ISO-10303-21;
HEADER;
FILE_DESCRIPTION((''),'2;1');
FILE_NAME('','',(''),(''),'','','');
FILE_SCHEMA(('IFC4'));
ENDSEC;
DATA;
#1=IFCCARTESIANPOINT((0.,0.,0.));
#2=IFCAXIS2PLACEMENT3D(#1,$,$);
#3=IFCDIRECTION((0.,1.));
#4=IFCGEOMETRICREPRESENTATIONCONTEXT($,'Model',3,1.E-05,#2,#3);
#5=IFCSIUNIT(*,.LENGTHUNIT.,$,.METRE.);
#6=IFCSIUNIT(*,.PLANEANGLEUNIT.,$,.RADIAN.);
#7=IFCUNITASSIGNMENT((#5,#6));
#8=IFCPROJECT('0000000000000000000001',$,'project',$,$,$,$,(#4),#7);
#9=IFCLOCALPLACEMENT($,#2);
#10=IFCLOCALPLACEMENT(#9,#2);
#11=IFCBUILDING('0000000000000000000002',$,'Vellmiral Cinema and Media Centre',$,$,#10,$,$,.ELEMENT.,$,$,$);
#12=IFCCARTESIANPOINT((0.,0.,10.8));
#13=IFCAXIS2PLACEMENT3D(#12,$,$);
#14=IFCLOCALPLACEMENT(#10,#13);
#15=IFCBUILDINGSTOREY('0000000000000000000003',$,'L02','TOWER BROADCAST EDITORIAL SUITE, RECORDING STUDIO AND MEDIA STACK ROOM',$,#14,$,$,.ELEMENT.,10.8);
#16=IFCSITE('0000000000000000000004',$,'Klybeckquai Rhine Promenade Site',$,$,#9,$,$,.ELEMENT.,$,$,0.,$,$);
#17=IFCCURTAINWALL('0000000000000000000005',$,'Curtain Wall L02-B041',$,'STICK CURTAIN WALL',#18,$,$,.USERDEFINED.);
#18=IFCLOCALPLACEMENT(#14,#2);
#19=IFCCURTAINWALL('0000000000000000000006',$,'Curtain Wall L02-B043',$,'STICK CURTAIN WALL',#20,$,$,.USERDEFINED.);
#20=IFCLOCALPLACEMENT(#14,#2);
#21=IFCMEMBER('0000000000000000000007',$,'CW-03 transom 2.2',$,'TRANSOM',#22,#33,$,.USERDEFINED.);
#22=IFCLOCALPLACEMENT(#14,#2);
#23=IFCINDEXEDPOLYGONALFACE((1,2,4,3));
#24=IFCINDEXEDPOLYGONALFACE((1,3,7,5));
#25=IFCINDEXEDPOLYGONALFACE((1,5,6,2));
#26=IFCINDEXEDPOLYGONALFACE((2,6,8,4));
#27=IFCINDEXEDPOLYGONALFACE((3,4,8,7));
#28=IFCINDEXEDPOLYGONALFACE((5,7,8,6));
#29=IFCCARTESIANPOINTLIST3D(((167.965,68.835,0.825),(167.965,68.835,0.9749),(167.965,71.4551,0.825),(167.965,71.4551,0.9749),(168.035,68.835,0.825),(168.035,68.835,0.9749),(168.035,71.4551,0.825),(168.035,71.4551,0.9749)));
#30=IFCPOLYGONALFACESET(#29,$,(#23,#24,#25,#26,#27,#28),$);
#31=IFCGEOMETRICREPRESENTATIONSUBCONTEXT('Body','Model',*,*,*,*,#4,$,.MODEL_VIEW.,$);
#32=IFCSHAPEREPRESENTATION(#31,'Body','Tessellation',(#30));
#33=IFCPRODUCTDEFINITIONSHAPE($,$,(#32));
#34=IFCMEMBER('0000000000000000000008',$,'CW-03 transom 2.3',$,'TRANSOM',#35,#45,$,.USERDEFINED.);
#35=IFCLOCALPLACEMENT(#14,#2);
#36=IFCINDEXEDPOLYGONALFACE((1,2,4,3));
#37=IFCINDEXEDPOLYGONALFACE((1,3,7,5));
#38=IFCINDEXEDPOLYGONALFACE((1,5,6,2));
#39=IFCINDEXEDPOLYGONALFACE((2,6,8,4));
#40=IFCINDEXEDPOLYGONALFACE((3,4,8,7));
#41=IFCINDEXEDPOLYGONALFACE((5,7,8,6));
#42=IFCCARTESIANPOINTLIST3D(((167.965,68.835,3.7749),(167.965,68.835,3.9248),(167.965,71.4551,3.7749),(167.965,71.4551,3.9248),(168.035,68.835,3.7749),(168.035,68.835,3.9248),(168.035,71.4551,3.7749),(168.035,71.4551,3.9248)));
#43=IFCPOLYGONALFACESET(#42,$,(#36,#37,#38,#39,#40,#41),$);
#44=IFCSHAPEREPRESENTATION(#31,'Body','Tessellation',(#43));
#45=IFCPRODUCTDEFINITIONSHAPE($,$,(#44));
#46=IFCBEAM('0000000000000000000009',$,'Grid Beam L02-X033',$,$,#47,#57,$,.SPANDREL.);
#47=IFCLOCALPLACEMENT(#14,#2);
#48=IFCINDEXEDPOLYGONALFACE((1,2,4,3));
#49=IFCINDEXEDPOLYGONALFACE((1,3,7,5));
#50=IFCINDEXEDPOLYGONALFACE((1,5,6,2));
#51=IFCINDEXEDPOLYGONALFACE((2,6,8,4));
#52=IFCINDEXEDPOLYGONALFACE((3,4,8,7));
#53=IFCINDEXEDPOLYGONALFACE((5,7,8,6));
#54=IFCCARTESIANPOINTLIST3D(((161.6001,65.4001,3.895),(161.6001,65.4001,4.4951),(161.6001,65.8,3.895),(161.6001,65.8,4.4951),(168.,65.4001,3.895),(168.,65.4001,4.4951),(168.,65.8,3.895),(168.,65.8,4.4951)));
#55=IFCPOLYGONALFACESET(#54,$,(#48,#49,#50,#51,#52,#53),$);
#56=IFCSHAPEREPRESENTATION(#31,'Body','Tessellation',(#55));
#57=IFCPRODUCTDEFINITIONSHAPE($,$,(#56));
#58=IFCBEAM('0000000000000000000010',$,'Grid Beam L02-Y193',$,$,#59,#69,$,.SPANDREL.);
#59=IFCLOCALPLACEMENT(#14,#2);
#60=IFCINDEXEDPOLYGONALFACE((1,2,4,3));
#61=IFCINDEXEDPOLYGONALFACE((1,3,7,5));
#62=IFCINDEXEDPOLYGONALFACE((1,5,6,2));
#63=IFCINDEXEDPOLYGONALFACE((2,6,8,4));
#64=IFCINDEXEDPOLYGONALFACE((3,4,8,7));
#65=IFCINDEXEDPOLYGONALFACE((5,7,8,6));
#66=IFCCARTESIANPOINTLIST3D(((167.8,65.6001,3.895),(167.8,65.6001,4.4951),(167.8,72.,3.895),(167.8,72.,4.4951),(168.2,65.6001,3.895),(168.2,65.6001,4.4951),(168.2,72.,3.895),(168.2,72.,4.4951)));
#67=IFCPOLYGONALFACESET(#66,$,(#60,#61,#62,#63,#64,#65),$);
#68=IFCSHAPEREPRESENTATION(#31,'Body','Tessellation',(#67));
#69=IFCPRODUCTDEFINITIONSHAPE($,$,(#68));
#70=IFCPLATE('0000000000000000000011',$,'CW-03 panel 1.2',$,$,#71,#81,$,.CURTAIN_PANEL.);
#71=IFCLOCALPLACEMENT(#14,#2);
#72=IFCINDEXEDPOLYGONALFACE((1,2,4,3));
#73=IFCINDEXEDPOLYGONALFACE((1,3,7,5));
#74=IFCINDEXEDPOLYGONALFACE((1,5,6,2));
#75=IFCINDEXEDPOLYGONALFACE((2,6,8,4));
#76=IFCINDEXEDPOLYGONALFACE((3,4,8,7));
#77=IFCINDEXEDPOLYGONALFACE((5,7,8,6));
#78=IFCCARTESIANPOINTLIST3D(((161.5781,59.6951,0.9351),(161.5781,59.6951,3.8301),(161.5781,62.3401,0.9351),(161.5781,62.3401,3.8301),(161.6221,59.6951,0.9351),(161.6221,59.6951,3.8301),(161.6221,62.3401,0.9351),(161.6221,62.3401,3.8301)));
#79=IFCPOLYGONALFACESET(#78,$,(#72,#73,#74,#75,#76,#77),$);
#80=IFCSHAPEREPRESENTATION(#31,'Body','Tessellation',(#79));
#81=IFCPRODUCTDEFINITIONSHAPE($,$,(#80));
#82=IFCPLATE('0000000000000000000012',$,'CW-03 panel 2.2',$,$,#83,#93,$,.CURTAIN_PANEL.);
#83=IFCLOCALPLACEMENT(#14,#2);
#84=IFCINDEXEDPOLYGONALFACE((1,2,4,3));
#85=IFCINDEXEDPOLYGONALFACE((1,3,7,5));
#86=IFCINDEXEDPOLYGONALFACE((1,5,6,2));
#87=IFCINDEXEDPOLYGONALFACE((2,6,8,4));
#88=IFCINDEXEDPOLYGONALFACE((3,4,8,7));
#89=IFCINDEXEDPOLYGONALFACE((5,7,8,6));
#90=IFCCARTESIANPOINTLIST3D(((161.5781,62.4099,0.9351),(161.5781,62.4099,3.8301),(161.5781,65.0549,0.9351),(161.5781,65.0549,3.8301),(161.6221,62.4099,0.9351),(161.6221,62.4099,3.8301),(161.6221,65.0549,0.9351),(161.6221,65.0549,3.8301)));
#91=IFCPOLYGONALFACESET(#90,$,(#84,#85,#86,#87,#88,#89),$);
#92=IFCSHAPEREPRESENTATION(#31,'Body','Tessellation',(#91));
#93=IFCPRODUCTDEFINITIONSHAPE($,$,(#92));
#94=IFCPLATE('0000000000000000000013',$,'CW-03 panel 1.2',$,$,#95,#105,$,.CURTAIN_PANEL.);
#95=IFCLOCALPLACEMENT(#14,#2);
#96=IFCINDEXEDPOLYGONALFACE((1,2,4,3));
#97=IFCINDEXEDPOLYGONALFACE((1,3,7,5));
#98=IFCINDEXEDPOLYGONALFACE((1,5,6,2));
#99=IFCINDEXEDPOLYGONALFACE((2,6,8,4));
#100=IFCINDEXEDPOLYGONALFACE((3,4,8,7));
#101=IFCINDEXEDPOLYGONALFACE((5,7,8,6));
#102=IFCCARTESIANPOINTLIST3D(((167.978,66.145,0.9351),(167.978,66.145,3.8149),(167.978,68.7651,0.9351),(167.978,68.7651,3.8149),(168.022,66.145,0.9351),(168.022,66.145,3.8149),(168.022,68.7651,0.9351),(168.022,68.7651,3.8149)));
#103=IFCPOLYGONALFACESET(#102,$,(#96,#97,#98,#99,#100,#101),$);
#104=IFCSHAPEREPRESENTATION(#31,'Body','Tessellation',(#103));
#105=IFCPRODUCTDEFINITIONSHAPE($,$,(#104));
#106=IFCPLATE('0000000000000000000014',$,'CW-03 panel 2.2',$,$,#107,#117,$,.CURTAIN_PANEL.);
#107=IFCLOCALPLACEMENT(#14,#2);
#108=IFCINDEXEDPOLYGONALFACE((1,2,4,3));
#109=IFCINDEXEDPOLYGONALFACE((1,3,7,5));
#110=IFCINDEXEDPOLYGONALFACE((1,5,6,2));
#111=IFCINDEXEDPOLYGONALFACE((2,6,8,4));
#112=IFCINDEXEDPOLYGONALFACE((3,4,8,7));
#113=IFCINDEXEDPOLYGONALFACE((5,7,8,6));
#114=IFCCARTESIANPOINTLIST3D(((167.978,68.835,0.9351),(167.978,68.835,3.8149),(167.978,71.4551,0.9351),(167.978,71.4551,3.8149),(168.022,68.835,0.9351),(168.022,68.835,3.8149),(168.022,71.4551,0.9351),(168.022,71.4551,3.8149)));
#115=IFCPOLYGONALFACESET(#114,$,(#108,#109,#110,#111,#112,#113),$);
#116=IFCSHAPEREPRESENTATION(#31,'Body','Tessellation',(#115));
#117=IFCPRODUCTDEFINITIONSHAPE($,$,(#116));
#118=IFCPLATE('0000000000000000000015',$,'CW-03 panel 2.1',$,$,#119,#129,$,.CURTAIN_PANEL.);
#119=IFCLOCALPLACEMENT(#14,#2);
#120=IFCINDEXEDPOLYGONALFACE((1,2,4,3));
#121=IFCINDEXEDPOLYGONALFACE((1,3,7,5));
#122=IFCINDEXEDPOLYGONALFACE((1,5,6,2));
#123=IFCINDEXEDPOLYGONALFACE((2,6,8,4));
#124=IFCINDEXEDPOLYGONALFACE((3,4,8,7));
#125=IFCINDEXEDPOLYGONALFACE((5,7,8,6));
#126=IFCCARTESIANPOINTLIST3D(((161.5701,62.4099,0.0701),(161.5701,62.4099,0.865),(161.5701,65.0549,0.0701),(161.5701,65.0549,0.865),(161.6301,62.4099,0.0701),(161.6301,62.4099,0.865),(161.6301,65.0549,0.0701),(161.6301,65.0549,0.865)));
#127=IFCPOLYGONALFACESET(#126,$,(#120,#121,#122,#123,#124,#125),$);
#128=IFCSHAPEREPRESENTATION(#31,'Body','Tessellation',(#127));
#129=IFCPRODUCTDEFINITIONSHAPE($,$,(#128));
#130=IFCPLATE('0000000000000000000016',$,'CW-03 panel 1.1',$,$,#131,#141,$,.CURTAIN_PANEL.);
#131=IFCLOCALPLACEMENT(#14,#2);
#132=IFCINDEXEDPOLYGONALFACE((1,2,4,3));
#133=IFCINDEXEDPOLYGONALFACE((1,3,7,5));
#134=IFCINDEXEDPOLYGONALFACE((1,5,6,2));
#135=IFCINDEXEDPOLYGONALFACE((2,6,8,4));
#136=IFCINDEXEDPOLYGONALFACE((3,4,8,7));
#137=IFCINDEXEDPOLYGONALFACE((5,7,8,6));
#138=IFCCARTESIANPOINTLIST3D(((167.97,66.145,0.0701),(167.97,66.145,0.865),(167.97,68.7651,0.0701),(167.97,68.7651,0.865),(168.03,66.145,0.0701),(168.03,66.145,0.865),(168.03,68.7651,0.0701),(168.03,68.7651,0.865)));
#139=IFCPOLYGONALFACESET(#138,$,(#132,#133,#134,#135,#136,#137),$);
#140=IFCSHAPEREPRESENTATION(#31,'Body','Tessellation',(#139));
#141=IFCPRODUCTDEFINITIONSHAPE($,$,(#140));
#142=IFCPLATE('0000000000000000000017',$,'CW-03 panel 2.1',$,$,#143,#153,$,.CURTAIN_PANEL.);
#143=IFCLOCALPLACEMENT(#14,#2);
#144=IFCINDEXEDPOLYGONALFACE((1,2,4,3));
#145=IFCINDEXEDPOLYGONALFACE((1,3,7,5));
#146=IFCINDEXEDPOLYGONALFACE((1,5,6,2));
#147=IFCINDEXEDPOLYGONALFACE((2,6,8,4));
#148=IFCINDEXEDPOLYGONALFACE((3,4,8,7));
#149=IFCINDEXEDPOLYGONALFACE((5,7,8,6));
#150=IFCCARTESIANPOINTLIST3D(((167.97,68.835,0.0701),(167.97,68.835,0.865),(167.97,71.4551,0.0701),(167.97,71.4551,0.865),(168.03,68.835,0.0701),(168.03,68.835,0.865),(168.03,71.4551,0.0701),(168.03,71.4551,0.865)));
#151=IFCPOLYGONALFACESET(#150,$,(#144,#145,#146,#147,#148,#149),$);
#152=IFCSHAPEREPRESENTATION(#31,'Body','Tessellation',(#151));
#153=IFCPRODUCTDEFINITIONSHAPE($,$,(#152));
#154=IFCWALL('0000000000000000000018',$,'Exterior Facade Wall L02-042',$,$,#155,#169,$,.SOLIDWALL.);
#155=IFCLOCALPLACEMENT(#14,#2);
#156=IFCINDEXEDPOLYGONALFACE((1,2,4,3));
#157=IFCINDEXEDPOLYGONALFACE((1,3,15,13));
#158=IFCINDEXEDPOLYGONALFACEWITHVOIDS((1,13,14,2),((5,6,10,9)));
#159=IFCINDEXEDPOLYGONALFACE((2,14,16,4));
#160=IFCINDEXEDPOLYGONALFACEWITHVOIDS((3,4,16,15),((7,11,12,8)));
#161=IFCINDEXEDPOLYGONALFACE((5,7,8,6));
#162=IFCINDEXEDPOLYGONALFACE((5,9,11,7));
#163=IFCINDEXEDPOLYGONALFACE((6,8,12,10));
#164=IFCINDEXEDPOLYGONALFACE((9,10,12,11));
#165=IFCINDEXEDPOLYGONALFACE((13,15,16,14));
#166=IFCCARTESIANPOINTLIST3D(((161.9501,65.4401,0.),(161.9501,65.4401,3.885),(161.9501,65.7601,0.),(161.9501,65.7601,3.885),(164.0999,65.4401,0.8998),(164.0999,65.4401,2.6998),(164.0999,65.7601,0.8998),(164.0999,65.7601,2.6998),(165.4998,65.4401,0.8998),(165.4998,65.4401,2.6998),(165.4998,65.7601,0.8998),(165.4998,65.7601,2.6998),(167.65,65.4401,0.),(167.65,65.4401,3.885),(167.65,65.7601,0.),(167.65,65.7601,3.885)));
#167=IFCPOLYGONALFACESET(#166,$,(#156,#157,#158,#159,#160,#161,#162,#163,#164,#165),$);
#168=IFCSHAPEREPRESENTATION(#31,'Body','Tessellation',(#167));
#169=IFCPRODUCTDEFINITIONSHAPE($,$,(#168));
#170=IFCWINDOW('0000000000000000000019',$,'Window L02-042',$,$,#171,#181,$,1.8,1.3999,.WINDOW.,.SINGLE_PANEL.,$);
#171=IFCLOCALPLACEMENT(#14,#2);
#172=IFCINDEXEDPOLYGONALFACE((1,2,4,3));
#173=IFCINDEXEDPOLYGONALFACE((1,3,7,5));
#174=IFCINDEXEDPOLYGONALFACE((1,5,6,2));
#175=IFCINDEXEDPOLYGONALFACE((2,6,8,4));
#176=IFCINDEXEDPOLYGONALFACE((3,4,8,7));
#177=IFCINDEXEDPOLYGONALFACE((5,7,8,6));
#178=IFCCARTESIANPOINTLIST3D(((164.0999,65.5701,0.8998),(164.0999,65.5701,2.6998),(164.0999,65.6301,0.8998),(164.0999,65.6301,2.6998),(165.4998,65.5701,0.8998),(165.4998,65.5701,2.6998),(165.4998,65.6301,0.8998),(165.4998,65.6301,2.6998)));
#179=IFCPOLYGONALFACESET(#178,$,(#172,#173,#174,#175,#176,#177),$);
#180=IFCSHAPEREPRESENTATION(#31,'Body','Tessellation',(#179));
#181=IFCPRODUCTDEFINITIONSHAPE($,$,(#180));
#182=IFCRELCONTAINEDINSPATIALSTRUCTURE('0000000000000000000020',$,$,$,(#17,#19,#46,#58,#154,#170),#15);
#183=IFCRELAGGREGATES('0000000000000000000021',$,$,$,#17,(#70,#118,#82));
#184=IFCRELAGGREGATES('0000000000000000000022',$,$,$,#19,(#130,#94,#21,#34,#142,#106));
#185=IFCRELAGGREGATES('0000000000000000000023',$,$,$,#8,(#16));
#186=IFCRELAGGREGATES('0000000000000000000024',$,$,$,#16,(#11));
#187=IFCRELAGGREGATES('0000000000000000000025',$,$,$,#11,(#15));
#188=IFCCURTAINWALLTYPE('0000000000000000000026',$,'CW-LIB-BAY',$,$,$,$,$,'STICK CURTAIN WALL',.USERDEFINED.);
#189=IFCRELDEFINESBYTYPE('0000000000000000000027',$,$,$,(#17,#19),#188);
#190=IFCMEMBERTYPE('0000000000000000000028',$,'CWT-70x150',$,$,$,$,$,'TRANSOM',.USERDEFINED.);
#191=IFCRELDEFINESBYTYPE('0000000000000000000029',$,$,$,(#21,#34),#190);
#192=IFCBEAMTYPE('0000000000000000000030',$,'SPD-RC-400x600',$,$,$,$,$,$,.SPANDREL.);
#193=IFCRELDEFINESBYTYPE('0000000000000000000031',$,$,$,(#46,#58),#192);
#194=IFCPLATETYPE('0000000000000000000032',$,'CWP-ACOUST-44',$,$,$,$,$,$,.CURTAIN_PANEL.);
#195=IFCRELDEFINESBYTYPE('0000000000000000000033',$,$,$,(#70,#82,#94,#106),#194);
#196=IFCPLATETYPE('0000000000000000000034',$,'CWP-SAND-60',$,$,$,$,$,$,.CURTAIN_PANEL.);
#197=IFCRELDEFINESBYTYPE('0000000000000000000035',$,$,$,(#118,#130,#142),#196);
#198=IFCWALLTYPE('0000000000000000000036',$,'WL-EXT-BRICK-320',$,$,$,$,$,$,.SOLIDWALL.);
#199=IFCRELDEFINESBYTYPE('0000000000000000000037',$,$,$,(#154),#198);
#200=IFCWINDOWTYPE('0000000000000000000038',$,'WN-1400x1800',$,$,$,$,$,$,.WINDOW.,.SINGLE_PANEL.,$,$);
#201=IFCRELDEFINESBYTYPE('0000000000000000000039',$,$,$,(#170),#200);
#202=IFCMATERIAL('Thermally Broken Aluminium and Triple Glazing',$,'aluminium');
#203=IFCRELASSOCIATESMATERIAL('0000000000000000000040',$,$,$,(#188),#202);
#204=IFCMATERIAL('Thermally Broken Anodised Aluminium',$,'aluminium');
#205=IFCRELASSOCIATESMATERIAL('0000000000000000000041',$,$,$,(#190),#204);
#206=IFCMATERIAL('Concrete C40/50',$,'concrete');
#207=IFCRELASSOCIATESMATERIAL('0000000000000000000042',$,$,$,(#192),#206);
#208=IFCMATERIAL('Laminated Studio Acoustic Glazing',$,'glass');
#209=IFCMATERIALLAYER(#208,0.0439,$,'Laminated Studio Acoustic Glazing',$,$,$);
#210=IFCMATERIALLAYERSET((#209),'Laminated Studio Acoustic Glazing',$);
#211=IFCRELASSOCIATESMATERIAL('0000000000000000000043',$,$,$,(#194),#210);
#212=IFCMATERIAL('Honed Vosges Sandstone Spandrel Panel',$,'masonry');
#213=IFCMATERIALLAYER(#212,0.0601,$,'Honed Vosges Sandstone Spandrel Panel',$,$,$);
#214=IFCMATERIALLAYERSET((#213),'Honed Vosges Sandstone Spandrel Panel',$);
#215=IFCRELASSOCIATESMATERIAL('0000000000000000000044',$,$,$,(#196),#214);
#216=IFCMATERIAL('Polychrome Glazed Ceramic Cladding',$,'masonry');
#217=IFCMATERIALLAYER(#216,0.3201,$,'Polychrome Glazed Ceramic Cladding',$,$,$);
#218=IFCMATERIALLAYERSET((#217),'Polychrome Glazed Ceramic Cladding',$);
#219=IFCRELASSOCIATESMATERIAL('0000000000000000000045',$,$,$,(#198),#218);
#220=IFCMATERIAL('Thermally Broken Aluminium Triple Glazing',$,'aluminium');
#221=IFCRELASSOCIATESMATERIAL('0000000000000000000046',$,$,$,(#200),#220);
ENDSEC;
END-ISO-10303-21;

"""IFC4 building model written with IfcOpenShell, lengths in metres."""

from ifc_helpers import new_model, si_unit, direction, frame, frame_2d, origin, origin_2d, place, context, subcontext, project, spatial, rectangle, extrude, material, layer, layer_set, material_profile, profile_set, type_object, element, fill, aggregate, save


model = new_model("IFC4")

# Units and contexts
model_context = context("Model", 3, precision=1e-05, world=origin(), true_north=direction((0.0, 1.0)))
body_context = subcontext(model_context, "Body", "Model", "MODEL_VIEW")
ifc_project = project(units=[si_unit("LENGTHUNIT", "METRE"), si_unit("PLANEANGLEUNIT", "RADIAN")], contexts=[model_context])

# Site, building, storey
site_placement = place(None, origin())
site = spatial("IfcSite", under=ifc_project, at=site_placement, Name="Klybeckquai Rhine Promenade Site", CompositionType="ELEMENT", RefElevation=0.0)
building_placement = place(site_placement, origin())
building = spatial("IfcBuilding", under=site, at=building_placement, Name="Vellmiral Cinema and Media Centre", CompositionType="ELEMENT")
storey_placement = place(building_placement, frame((0.0, 0.0, 10.8)))
storey = spatial("IfcBuildingStorey", under=building, at=storey_placement, Name="L02", Description="TOWER BROADCAST EDITORIAL SUITE, RECORDING STUDIO AND MEDIA STACK ROOM", CompositionType="ELEMENT", Elevation=10.8)

# Curtain walls
ifc_material_1 = material(Name="Thermally Broken Aluminium and Triple Glazing", Category="aluminium")
curtain_wall_type = type_object("IfcCurtainWallType", Name="CW-LIB-BAY", ElementType="STICK CURTAIN WALL", PredefinedType="USERDEFINED", material=ifc_material_1)
curtain_wall_1_placement = place(storey_placement, origin())
curtain_wall_1 = element("IfcCurtainWall", 1, at=curtain_wall_1_placement, inside=storey, type_object=curtain_wall_type, Name="Curtain Wall L02-B041", ObjectType="STICK CURTAIN WALL", PredefinedType="USERDEFINED")
curtain_wall_2_placement = place(storey_placement, origin())
curtain_wall_2 = element("IfcCurtainWall", 2, at=curtain_wall_2_placement, inside=storey, type_object=curtain_wall_type, Name="Curtain Wall L02-B043", ObjectType="STICK CURTAIN WALL", PredefinedType="USERDEFINED")

# Members
ifc_material_2 = material(Name="Thermally Broken Anodised Aluminium", Category="aluminium")
ifc_material_profile_1 = material_profile(ifc_material_2, rectangle(XDim=0.0701, YDim=0.1499, at=origin_2d()), Name="MULL 70x150")
ifc_profile_set_1 = profile_set([ifc_material_profile_1], Name="Thermally Broken Anodised Aluminium")
member_type_1 = type_object("IfcMemberType", Name="CWT-70x150", ElementType="TRANSOM", PredefinedType="USERDEFINED", material=ifc_profile_set_1)
member_1_placement = place(storey_placement, frame((168.0, 68.835, 0.8999), z_axis=(0.0, 1.0, 0.0), x_axis=(-1.0, 0.0, 0.0)))
member_1 = element("IfcMember", 3, at=member_1_placement, type_object=member_type_1, Name="CW-03 transom 2.2", ObjectType="TRANSOM", PredefinedType="USERDEFINED", context=body_context, shape_type="SweptSolid", body=[
    extrude(rectangle(XDim=0.0701, YDim=0.1499, at=origin_2d()), origin(), (0.0, 0.0, 1.0), 2.6201),
])
member_2_placement = place(storey_placement, frame((168.0, 68.835, 3.8499), z_axis=(0.0, 1.0, 0.0), x_axis=(-1.0, 0.0, 0.0)))
member_2 = element("IfcMember", 4, at=member_2_placement, type_object=member_type_1, Name="CW-03 transom 2.3", ObjectType="TRANSOM", PredefinedType="USERDEFINED", context=body_context, shape_type="SweptSolid", body=[
    extrude(rectangle(XDim=0.0701, YDim=0.1499, at=origin_2d()), origin(), (0.0, 0.0, 1.0), 2.6201),
])

# Beams
ifc_material_3 = material(Name="Concrete C40/50", Category="concrete")
ifc_material_profile_2 = material_profile(ifc_material_3, rectangle(XDim=0.3999, YDim=0.6001, at=origin_2d()), Name="RC 400x600")
ifc_profile_set_2 = profile_set([ifc_material_profile_2], Name="Concrete C40/50")
beam_type_1 = type_object("IfcBeamType", Name="SPD-RC-400x600", PredefinedType="SPANDREL", material=ifc_profile_set_2)
for number, where, z_axis, x_axis, name in (
    (5, (161.6001, 65.6001, 4.1951), (1.0, 0.0, 0.0), (0.0, 1.0, 0.0), "Grid Beam L02-X033"),
    (6, (168.0, 65.6001, 4.1951), (0.0, 1.0, 0.0), (-1.0, 0.0, 0.0), "Grid Beam L02-Y193"),
):
    element("IfcBeam", number, at=place(storey_placement, frame(where, z_axis=z_axis, x_axis=x_axis)), inside=storey, type_object=beam_type_1, Name=name, PredefinedType="SPANDREL", context=body_context, shape_type="SweptSolid", body=[
        extrude(rectangle(XDim=0.3999, YDim=0.6001, at=origin_2d()), origin(), (0.0, 0.0, 1.0), 6.3999),
    ])

# Plates
ifc_material_4 = material(Name="Laminated Studio Acoustic Glazing", Category="glass")
ifc_layer_1 = layer(ifc_material_4, 0.0439, Name="Laminated Studio Acoustic Glazing")
ifc_layer_set_1 = layer_set([ifc_layer_1], Name="Laminated Studio Acoustic Glazing")
plate_type_1 = type_object("IfcPlateType", Name="CWP-ACOUST-44", PredefinedType="CURTAIN_PANEL", material=ifc_layer_set_1)
plate_1_placement = place(storey_placement, frame((161.6001, 61.0176, 0.9351), z_axis=(0.0, 0.0, 1.0), x_axis=(0.0, 1.0, 0.0)))
plate_1 = element("IfcPlate", 7, at=plate_1_placement, type_object=plate_type_1, Name="CW-03 panel 1.2", PredefinedType="CURTAIN_PANEL", context=body_context, shape_type="SweptSolid", body=[
    extrude(rectangle(XDim=2.645, YDim=0.0439, at=origin_2d()), origin(), (0.0, 0.0, 1.0), 2.895),
])
plate_2_placement = place(storey_placement, frame((161.6001, 63.7324, 0.9351), z_axis=(0.0, 0.0, 1.0), x_axis=(0.0, 1.0, 0.0)))
plate_2 = element("IfcPlate", 8, at=plate_2_placement, type_object=plate_type_1, Name="CW-03 panel 2.2", PredefinedType="CURTAIN_PANEL", context=body_context, shape_type="SweptSolid", body=[
    extrude(rectangle(XDim=2.645, YDim=0.0439, at=origin_2d()), origin(), (0.0, 0.0, 1.0), 2.895),
])
plate_3_placement = place(storey_placement, frame((168.0, 67.4551, 0.9351), z_axis=(0.0, 0.0, 1.0), x_axis=(0.0, 1.0, 0.0)))
plate_3 = element("IfcPlate", 9, at=plate_3_placement, type_object=plate_type_1, Name="CW-03 panel 1.2", PredefinedType="CURTAIN_PANEL", context=body_context, shape_type="SweptSolid", body=[
    extrude(rectangle(XDim=2.6201, YDim=0.0439, at=origin_2d()), origin(), (0.0, 0.0, 1.0), 2.8799),
])
plate_4_placement = place(storey_placement, frame((168.0, 70.145, 0.9351), z_axis=(0.0, 0.0, 1.0), x_axis=(0.0, 1.0, 0.0)))
plate_4 = element("IfcPlate", 10, at=plate_4_placement, type_object=plate_type_1, Name="CW-03 panel 2.2", PredefinedType="CURTAIN_PANEL", context=body_context, shape_type="SweptSolid", body=[
    extrude(rectangle(XDim=2.6201, YDim=0.0439, at=origin_2d()), origin(), (0.0, 0.0, 1.0), 2.8799),
])
ifc_material_5 = material(Name="Honed Vosges Sandstone Spandrel Panel", Category="masonry")
ifc_layer_2 = layer(ifc_material_5, 0.0601, Name="Honed Vosges Sandstone Spandrel Panel")
ifc_layer_set_2 = layer_set([ifc_layer_2], Name="Honed Vosges Sandstone Spandrel Panel")
plate_type_2 = type_object("IfcPlateType", Name="CWP-SAND-60", PredefinedType="CURTAIN_PANEL", material=ifc_layer_set_2)
plate_5_placement = place(storey_placement, frame((161.6001, 63.7324, 0.0701), z_axis=(0.0, 0.0, 1.0), x_axis=(0.0, 1.0, 0.0)))
plate_5 = element("IfcPlate", 11, at=plate_5_placement, type_object=plate_type_2, Name="CW-03 panel 2.1", PredefinedType="CURTAIN_PANEL", context=body_context, shape_type="SweptSolid", body=[
    extrude(rectangle(XDim=2.645, YDim=0.0601, at=origin_2d()), origin(), (0.0, 0.0, 1.0), 0.7949),
])
aggregate(curtain_wall_1, [plate_1, plate_5, plate_2])
plate_6_placement = place(storey_placement, frame((168.0, 67.4551, 0.0701), z_axis=(0.0, 0.0, 1.0), x_axis=(0.0, 1.0, 0.0)))
plate_6 = element("IfcPlate", 12, at=plate_6_placement, type_object=plate_type_2, Name="CW-03 panel 1.1", PredefinedType="CURTAIN_PANEL", context=body_context, shape_type="SweptSolid", body=[
    extrude(rectangle(XDim=2.6201, YDim=0.0601, at=origin_2d()), origin(), (0.0, 0.0, 1.0), 0.7949),
])
plate_7_placement = place(storey_placement, frame((168.0, 70.145, 0.0701), z_axis=(0.0, 0.0, 1.0), x_axis=(0.0, 1.0, 0.0)))
plate_7 = element("IfcPlate", 13, at=plate_7_placement, type_object=plate_type_2, Name="CW-03 panel 2.1", PredefinedType="CURTAIN_PANEL", context=body_context, shape_type="SweptSolid", body=[
    extrude(rectangle(XDim=2.6201, YDim=0.0601, at=origin_2d()), origin(), (0.0, 0.0, 1.0), 0.7949),
])
aggregate(curtain_wall_2, [plate_6, plate_3, member_1, member_2, plate_7, plate_4])

# Wall, opening, window
ifc_material_6 = material(Name="Polychrome Glazed Ceramic Cladding", Category="masonry")
ifc_layer_3 = layer(ifc_material_6, 0.3201, Name="Polychrome Glazed Ceramic Cladding")
ifc_layer_set_3 = layer_set([ifc_layer_3], Name="Polychrome Glazed Ceramic Cladding")
wall_type_1 = type_object("IfcWallType", Name="WL-EXT-BRICK-320", PredefinedType="SOLIDWALL", material=ifc_layer_set_3)
wall_1_placement = place(storey_placement, frame((161.95, 65.6001, 0.0), z_axis=(0.0, 0.0, 1.0), x_axis=(1.0, 0.0, 0.0)))
wall_1 = element("IfcWall", 14, at=wall_1_placement, inside=storey, type_object=wall_type_1, Name="Exterior Facade Wall L02-042", PredefinedType="SOLIDWALL", context=body_context, shape_type="SweptSolid", body=[
    extrude(rectangle(XDim=5.7, YDim=0.3201, at=frame_2d((2.8501, 0.0))), origin(), (0.0, 0.0, 1.0), 3.885),
])
opening_placement = place(wall_1_placement, frame((2.1499, 0.0, 0.8999)))
opening = element("IfcOpeningElement", 15, at=opening_placement, cuts=wall_1, PredefinedType="OPENING", context=body_context, shape_type="SweptSolid", body=[
    extrude(rectangle(XDim=1.3999, YDim=1.8, at=frame_2d((0.7, 0.8999))), frame((0.0, 0.1719, 0.0), z_axis=(0.0, -1.0, 0.0), x_axis=(1.0, 0.0, 0.0)), (0.0, 0.0, 1.0), 0.344),
])
ifc_material_7 = material(Name="Thermally Broken Aluminium Triple Glazing", Category="aluminium")
window_type = type_object("IfcWindowType", Name="WN-1400x1800", PartitioningType="SINGLE_PANEL", PredefinedType="WINDOW", material=ifc_material_7)
window_placement = place(opening_placement, origin())
window = element("IfcWindow", 16, at=window_placement, inside=storey, type_object=window_type, Name="Window L02-042", OverallHeight=1.8, OverallWidth=1.3999, PartitioningType="SINGLE_PANEL", PredefinedType="WINDOW", context=body_context, shape_type="SweptSolid", body=[
    extrude(rectangle(XDim=1.3999, YDim=1.8, at=frame_2d((0.7, 0.8999))), frame((0.0, 0.03, 0.0), z_axis=(0.0, -1.0, 0.0), x_axis=(1.0, 0.0, 0.0)), (0.0, 0.0, 1.0), 0.0601),
])
fill(opening, window)

save(model, "model.ifc")
